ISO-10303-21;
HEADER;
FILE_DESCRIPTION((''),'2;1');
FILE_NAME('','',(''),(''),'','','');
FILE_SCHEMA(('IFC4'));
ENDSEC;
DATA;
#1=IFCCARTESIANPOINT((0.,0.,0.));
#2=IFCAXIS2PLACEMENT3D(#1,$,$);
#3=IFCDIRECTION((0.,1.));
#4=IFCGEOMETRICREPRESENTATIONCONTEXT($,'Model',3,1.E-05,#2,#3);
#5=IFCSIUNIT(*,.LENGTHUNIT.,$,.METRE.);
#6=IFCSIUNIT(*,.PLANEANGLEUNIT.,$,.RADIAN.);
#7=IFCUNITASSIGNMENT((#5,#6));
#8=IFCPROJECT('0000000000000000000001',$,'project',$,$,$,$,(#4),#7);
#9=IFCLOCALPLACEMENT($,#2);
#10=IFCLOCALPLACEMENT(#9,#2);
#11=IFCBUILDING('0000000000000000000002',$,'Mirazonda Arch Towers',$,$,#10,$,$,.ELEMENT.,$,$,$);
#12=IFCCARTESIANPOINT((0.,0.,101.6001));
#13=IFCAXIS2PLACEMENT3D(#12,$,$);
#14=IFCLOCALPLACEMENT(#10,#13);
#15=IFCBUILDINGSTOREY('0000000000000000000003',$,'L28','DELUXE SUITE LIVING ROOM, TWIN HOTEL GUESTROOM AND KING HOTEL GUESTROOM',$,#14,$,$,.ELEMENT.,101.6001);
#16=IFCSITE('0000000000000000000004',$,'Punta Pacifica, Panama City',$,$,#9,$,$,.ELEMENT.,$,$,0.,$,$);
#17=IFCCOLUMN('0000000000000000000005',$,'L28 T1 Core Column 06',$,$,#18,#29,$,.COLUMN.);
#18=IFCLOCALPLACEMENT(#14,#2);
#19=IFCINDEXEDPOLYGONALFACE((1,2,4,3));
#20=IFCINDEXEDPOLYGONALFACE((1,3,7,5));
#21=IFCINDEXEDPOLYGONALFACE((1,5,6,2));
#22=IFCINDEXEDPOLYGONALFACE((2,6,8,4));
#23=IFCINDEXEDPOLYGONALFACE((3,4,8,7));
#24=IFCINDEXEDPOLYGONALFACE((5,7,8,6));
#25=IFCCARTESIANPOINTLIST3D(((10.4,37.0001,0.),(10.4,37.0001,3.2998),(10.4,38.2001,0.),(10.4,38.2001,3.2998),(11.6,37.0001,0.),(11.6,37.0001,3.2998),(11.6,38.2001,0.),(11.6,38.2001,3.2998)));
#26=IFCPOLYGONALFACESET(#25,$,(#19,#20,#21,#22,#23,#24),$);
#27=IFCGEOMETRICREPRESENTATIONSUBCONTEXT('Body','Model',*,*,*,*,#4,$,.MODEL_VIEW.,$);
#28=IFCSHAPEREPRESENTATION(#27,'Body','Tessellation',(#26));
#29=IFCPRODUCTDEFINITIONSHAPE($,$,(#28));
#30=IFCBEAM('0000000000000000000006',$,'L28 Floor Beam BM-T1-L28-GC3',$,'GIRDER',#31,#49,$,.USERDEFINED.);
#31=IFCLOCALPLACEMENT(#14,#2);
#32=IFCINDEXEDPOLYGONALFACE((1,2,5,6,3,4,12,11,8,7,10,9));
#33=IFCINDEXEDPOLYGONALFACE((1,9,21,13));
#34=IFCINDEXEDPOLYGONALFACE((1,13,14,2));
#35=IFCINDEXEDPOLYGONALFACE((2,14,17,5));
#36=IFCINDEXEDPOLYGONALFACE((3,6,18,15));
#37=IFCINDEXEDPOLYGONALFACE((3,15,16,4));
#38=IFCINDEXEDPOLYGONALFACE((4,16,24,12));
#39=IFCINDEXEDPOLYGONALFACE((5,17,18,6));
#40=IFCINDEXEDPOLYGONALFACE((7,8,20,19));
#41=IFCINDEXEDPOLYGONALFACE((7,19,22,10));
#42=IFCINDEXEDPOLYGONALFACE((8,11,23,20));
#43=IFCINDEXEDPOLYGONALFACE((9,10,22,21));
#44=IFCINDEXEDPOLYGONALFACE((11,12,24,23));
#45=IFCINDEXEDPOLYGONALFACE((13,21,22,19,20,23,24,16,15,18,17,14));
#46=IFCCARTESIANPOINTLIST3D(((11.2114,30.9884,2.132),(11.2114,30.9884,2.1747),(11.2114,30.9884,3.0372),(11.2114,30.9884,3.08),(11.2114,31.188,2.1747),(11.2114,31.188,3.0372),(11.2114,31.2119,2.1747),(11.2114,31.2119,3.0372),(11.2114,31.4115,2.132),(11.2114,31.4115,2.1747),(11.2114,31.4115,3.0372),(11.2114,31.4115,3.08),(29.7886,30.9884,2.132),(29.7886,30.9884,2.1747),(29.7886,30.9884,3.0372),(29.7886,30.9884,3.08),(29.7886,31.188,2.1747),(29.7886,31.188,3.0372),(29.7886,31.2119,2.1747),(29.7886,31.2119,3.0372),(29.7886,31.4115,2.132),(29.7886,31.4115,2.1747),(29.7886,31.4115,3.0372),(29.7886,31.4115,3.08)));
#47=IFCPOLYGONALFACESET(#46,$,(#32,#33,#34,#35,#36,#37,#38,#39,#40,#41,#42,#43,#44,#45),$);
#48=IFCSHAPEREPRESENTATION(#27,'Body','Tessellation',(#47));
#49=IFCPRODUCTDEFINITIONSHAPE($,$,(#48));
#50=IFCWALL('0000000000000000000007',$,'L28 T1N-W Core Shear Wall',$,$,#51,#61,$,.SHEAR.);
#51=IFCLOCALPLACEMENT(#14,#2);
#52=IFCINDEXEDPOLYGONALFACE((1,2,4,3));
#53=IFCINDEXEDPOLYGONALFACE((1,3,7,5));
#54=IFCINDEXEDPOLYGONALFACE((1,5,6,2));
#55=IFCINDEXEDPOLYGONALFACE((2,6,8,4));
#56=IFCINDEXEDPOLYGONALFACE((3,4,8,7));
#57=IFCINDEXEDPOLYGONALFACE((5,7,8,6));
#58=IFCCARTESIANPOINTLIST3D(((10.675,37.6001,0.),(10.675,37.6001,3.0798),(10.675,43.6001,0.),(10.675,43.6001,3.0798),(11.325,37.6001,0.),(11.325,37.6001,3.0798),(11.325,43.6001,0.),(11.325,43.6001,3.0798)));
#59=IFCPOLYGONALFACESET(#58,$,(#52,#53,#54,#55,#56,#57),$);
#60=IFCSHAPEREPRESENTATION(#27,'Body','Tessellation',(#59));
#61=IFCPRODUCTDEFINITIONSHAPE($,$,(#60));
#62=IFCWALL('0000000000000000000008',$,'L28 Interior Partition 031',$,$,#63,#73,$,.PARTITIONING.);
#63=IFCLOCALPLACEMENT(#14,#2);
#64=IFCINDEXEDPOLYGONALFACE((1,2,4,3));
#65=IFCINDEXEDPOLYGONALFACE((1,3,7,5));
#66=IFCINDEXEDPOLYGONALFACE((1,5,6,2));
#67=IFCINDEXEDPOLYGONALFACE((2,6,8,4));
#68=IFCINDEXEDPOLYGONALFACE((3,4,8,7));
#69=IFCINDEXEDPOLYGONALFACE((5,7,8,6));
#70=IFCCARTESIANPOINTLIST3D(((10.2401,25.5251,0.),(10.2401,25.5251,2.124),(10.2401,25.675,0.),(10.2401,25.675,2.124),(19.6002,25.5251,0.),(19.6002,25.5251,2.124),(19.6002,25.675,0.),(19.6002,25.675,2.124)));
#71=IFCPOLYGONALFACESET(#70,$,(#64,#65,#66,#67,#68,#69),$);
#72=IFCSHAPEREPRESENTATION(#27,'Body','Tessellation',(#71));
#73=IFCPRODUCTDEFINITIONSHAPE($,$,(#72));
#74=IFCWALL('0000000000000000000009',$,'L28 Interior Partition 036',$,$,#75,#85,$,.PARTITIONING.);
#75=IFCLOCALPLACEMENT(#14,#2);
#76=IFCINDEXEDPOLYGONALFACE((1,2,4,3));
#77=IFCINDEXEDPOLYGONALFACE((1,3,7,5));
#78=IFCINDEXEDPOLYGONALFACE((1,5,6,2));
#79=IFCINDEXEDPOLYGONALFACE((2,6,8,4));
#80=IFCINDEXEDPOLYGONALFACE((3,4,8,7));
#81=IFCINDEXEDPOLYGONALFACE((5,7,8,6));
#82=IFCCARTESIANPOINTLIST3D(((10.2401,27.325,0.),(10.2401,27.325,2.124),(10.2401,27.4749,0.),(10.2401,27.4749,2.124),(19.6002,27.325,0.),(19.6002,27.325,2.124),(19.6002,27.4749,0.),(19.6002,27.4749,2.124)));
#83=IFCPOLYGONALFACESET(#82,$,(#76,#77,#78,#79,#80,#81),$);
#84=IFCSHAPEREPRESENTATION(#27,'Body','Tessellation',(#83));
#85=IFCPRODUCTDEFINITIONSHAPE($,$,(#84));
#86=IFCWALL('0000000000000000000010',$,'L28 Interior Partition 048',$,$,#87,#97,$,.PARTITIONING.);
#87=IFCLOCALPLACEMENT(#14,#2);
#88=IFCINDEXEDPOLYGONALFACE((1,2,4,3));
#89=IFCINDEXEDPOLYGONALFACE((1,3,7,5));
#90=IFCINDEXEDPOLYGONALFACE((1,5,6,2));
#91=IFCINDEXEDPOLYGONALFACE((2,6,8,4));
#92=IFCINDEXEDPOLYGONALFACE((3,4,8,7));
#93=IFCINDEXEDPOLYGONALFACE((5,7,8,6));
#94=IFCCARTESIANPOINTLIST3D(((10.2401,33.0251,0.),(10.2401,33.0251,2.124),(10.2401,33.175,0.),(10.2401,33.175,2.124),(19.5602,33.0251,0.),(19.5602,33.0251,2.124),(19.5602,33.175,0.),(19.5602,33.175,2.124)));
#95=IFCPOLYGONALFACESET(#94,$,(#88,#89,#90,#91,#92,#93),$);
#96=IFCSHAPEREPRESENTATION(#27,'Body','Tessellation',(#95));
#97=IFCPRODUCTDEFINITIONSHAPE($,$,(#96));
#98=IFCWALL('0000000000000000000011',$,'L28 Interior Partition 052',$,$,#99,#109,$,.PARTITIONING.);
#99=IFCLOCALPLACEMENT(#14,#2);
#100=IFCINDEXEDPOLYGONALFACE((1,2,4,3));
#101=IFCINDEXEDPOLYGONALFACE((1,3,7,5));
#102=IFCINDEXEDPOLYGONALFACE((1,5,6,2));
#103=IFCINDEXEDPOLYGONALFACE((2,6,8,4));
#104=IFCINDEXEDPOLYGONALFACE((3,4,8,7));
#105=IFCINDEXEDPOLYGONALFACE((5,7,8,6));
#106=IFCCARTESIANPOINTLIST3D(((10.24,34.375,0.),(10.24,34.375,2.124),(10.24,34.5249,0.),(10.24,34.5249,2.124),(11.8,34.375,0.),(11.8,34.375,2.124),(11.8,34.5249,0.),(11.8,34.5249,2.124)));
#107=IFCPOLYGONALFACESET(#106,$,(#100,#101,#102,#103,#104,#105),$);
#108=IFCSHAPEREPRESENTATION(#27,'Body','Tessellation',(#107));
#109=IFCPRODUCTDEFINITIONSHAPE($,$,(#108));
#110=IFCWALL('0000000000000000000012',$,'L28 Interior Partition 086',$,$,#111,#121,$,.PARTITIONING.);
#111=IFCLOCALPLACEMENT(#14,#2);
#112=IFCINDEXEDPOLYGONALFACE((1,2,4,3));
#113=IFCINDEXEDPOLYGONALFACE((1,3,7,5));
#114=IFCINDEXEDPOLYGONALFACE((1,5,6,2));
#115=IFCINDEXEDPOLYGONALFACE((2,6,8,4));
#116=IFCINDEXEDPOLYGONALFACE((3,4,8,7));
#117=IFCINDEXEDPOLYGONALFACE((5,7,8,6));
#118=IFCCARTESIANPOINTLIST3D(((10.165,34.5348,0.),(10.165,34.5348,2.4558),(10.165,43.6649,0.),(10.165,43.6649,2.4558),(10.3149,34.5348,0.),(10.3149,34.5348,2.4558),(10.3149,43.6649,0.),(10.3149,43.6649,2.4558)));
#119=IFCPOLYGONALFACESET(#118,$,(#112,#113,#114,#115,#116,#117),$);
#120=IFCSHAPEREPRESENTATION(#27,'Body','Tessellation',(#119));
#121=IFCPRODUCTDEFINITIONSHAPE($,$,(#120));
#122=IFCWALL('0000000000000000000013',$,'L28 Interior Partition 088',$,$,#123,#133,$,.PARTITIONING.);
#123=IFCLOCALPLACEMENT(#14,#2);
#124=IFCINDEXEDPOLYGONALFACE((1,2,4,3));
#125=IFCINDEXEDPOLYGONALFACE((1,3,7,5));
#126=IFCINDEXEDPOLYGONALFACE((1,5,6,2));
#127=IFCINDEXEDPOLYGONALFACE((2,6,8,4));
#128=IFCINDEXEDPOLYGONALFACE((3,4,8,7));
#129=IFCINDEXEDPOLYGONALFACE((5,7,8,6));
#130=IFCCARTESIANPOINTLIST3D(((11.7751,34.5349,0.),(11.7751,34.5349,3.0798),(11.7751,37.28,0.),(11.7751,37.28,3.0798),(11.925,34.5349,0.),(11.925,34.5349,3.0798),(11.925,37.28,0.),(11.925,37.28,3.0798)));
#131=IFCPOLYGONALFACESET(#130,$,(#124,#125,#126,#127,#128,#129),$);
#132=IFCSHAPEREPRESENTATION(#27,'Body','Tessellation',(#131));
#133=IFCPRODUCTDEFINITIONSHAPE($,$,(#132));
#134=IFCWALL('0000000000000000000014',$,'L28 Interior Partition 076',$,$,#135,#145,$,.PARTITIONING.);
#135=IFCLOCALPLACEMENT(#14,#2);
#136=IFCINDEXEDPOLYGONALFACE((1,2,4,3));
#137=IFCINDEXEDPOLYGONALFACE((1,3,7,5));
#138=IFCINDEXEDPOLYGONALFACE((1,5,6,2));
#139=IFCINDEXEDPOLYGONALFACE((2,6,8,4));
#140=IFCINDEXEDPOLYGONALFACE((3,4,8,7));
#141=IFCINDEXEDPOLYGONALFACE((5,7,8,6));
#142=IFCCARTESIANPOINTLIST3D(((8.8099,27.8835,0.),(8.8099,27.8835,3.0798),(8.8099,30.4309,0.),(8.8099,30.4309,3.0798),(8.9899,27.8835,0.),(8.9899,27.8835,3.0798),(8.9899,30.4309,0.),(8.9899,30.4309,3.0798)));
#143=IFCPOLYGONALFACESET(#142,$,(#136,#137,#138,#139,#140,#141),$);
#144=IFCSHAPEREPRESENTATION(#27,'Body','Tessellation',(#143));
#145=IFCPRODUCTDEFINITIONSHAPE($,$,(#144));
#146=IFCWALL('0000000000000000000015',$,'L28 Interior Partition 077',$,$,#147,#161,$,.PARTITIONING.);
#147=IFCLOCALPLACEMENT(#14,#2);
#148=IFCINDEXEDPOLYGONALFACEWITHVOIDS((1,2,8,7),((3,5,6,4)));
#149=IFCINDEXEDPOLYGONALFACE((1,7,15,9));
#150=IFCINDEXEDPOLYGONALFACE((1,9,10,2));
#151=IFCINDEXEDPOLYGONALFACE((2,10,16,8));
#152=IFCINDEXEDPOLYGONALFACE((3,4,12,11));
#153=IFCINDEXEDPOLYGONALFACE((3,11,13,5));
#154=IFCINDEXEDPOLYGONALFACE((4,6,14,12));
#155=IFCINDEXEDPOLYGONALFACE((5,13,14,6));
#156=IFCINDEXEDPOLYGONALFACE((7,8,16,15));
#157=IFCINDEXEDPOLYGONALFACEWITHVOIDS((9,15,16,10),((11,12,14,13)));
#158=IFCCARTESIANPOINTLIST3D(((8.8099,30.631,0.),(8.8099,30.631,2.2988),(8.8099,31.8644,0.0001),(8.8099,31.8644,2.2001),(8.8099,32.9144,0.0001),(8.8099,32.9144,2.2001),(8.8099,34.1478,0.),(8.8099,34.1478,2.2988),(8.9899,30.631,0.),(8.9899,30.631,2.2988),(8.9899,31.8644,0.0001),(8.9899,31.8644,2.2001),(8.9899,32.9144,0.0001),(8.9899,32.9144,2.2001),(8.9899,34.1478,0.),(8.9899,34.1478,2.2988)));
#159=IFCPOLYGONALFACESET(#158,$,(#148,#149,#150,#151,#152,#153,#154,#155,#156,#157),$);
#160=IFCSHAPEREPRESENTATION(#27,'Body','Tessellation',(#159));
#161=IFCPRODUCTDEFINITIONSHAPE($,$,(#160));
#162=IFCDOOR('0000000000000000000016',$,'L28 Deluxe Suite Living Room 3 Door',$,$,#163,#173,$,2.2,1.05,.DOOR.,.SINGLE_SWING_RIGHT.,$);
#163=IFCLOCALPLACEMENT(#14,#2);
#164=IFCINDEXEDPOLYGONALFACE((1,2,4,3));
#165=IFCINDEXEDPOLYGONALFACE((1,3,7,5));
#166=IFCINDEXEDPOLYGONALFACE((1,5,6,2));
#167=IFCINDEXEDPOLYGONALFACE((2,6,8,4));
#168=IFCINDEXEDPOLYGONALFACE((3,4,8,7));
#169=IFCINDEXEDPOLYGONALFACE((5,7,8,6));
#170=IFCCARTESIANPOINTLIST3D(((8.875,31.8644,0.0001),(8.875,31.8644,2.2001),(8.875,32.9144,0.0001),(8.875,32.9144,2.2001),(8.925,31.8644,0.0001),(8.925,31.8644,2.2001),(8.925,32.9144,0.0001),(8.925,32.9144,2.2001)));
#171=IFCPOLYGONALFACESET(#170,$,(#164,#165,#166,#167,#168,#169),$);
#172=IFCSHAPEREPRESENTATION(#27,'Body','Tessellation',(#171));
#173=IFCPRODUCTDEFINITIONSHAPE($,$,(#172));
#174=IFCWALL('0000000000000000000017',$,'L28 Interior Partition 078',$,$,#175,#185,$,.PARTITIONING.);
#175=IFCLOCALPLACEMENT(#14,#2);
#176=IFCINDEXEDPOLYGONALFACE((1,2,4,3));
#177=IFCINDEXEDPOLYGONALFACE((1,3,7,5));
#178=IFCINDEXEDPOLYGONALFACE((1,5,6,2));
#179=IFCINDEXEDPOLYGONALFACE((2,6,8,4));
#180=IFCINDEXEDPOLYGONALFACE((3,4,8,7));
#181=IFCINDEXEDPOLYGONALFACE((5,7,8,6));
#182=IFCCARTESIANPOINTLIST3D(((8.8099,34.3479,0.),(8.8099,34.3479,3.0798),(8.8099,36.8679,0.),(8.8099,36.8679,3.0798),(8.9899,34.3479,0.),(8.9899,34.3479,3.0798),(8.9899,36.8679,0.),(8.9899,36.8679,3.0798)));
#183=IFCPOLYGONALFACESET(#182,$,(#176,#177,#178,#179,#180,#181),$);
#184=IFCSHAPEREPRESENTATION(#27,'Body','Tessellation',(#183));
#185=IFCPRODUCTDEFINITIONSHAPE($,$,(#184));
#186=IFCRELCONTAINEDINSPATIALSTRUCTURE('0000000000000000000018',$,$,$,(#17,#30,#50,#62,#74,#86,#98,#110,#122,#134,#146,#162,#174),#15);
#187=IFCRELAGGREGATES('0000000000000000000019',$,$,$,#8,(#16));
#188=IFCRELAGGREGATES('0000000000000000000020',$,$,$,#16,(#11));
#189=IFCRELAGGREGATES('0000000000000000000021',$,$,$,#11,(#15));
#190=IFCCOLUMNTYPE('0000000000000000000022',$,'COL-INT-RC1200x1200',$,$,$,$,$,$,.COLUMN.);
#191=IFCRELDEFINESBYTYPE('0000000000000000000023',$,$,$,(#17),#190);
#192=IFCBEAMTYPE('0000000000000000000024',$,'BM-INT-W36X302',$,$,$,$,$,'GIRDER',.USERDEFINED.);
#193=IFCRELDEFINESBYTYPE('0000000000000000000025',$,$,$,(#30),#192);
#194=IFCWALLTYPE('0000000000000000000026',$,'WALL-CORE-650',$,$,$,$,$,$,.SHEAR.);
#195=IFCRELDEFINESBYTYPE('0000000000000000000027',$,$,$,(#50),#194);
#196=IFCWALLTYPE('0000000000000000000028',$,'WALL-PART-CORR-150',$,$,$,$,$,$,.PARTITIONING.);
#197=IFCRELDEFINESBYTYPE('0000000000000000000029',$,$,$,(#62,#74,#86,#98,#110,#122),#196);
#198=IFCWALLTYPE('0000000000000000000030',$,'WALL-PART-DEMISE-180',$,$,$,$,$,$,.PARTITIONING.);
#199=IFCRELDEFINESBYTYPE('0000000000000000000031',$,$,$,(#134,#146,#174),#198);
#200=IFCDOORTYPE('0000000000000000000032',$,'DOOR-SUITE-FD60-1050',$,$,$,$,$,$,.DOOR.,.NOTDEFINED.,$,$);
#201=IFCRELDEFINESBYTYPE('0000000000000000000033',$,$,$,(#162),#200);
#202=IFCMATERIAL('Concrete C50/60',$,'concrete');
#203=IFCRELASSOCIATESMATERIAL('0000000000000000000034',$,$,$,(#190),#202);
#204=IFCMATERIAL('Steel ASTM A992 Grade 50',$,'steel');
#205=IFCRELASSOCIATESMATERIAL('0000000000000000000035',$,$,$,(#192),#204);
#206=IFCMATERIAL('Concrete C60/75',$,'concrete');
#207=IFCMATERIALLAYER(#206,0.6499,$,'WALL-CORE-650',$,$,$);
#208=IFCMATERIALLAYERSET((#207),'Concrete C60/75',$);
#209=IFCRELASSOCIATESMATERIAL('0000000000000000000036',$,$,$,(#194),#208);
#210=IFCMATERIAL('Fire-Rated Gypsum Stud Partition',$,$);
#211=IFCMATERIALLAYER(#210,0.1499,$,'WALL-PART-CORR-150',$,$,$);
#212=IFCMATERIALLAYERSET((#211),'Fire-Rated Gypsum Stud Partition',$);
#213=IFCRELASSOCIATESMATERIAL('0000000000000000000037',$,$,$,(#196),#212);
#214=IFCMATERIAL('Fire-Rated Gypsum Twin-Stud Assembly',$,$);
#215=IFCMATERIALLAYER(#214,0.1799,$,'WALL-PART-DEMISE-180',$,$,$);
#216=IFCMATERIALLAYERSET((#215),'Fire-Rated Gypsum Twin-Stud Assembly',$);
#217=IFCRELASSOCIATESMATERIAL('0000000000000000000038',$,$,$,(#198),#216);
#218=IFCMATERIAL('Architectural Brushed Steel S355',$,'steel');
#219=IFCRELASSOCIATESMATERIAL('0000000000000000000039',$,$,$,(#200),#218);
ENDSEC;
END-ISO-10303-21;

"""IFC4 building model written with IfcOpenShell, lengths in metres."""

from ifc_helpers import new_model, si_unit, direction, frame, frame_2d, origin, origin_2d, place, context, subcontext, project, spatial, rectangle, i_section, extrude, material, layer, layer_set, material_profile, profile_set, type_object, element, fill, save


model = new_model("IFC4")

# Units and contexts
model_context = context("Model", 3, precision=1e-05, world=origin(), true_north=direction((0.0, 1.0)))
body_context = subcontext(model_context, "Body", "Model", "MODEL_VIEW")
ifc_project = project(units=[si_unit("LENGTHUNIT", "METRE"), si_unit("PLANEANGLEUNIT", "RADIAN")], contexts=[model_context])

# Site, building, storey
site_placement = place(None, origin())
site = spatial("IfcSite", under=ifc_project, at=site_placement, Name="Punta Pacifica, Panama City", CompositionType="ELEMENT", RefElevation=0.0)
building_placement = place(site_placement, origin())
building = spatial("IfcBuilding", under=site, at=building_placement, Name="Mirazonda Arch Towers", CompositionType="ELEMENT")
storey_placement = place(building_placement, frame((0.0, 0.0, 101.6001)))
storey = spatial("IfcBuildingStorey", under=building, at=storey_placement, Name="L28", Description="DELUXE SUITE LIVING ROOM, TWIN HOTEL GUESTROOM AND KING HOTEL GUESTROOM", CompositionType="ELEMENT", Elevation=101.6001)

# Column
ifc_material_1 = material(Name="Concrete C50/60", Category="concrete")
ifc_material_profile_1 = material_profile(ifc_material_1, rectangle(XDim=1.2, YDim=1.2, at=origin_2d()), Name="RC1200x1200")
ifc_profile_set_1 = profile_set([ifc_material_profile_1], Name="Concrete C50/60")
column_type = type_object("IfcColumnType", Name="COL-INT-RC1200x1200", PredefinedType="COLUMN", material=ifc_profile_set_1)
column_placement = place(storey_placement, frame((11.0, 37.6001, 0.0), z_axis=(0.0, 0.0, 1.0), x_axis=(1.0, 0.0, 0.0)))
element("IfcColumn", 1, at=column_placement, inside=storey, type_object=column_type, Name="L28 T1 Core Column 06", PredefinedType="COLUMN", context=body_context, shape_type="SweptSolid", body=[
    extrude(rectangle(XDim=1.2, YDim=1.2, at=origin_2d()), origin(), (0.0, 0.0, 1.0), 3.2998),
])

# Beam
ifc_material_2 = material(Name="Steel ASTM A992 Grade 50", Category="steel")
ifc_material_profile_2 = material_profile(ifc_material_2, i_section(OverallWidth=0.4231, OverallDepth=0.948, WebThickness=0.0239, FlangeThickness=0.0427, at=origin_2d()), Name="W36X302")
ifc_profile_set_2 = profile_set([ifc_material_profile_2], Name="Steel ASTM A992 Grade 50")
beam_type = type_object("IfcBeamType", Name="BM-INT-W36X302", ElementType="GIRDER", PredefinedType="USERDEFINED", material=ifc_profile_set_2)
beam_placement = place(storey_placement, frame((11.2114, 31.2, 2.606), z_axis=(1.0, 0.0, 0.0), x_axis=(0.0, 1.0, 0.0)))
element("IfcBeam", 2, at=beam_placement, inside=storey, type_object=beam_type, Name="L28 Floor Beam BM-T1-L28-GC3", ObjectType="GIRDER", PredefinedType="USERDEFINED", context=body_context, shape_type="SweptSolid", body=[
    extrude(i_section(OverallWidth=0.4231, OverallDepth=0.948, WebThickness=0.0239, FlangeThickness=0.0427, at=origin_2d()), origin(), (0.0, 0.0, 1.0), 18.5771),
])

# Walls
ifc_material_3 = material(Name="Concrete C60/75", Category="concrete")
ifc_layer_1 = layer(ifc_material_3, 0.6499, Name="WALL-CORE-650")
ifc_layer_set_1 = layer_set([ifc_layer_1], Name="Concrete C60/75")
wall_type_1 = type_object("IfcWallType", Name="WALL-CORE-650", PredefinedType="SHEAR", material=ifc_layer_set_1)
wall_1_placement = place(storey_placement, frame((11.0, 37.6001, 0.0), z_axis=(0.0, 0.0, 1.0), x_axis=(0.0, 1.0, 0.0)))
element("IfcWall", 3, at=wall_1_placement, inside=storey, type_object=wall_type_1, Name="L28 T1N-W Core Shear Wall", PredefinedType="SHEAR", context=body_context, shape_type="SweptSolid", body=[
    extrude(rectangle(XDim=6.0, YDim=0.6499, at=frame_2d((3.0, 0.0))), origin(), (0.0, 0.0, 1.0), 3.0798),
])
ifc_material_4 = material(Name="Fire-Rated Gypsum Stud Partition")
ifc_layer_2 = layer(ifc_material_4, 0.1499, Name="WALL-PART-CORR-150")
ifc_layer_set_2 = layer_set([ifc_layer_2], Name="Fire-Rated Gypsum Stud Partition")
wall_type_2 = type_object("IfcWallType", Name="WALL-PART-CORR-150", PredefinedType="PARTITIONING", material=ifc_layer_set_2)
for number, where, z_axis, x_axis, name in (
    (4, (10.24, 25.6001, 0.0), (0.0, 0.0, 1.0), (1.0, 0.0, 0.0), "L28 Interior Partition 031"),
    (5, (10.24, 27.3999, 0.0), (0.0, 0.0, 1.0), (1.0, 0.0, 0.0), "L28 Interior Partition 036"),
):
    element("IfcWall", number, at=place(storey_placement, frame(where, z_axis=z_axis, x_axis=x_axis)), inside=storey, type_object=wall_type_2, Name=name, PredefinedType="PARTITIONING", context=body_context, shape_type="SweptSolid", body=[
        extrude(rectangle(XDim=9.3601, YDim=0.1499, at=frame_2d((4.6802, 0.0))), origin(), (0.0, 0.0, 1.0), 2.124),
    ])
wall_2_placement = place(storey_placement, frame((10.24, 33.1001, 0.0), z_axis=(0.0, 0.0, 1.0), x_axis=(1.0, 0.0, 0.0)))
element("IfcWall", 6, at=wall_2_placement, inside=storey, type_object=wall_type_2, Name="L28 Interior Partition 048", PredefinedType="PARTITIONING", context=body_context, shape_type="SweptSolid", body=[
    extrude(rectangle(XDim=9.3201, YDim=0.1499, at=frame_2d((4.6602, 0.0))), origin(), (0.0, 0.0, 1.0), 2.124),
])
wall_3_placement = place(storey_placement, frame((10.24, 34.45, 0.0), z_axis=(0.0, 0.0, 1.0), x_axis=(1.0, 0.0, 0.0)))
element("IfcWall", 7, at=wall_3_placement, inside=storey, type_object=wall_type_2, Name="L28 Interior Partition 052", PredefinedType="PARTITIONING", context=body_context, shape_type="SweptSolid", body=[
    extrude(rectangle(XDim=1.5601, YDim=0.1499, at=frame_2d((0.78, 0.0))), origin(), (0.0, 0.0, 1.0), 2.124),
])

# Shared definitions
ifc_material_5 = material(Name="Architectural Brushed Steel S355", Category="steel")

# Walls
wall_4_placement = place(storey_placement, frame((10.24, 34.5349, 0.0), z_axis=(0.0, 0.0, 1.0), x_axis=(0.0, 1.0, 0.0)))
element("IfcWall", 8, at=wall_4_placement, inside=storey, type_object=wall_type_2, Name="L28 Interior Partition 086", PredefinedType="PARTITIONING", context=body_context, shape_type="SweptSolid", body=[
    extrude(rectangle(XDim=9.1301, YDim=0.1499, at=frame_2d((4.5649, 0.0))), origin(), (0.0, 0.0, 1.0), 2.4558),
])
wall_5_placement = place(storey_placement, frame((11.8501, 34.5349, 0.0), z_axis=(0.0, 0.0, 1.0), x_axis=(0.0, 1.0, 0.0)))
element("IfcWall", 9, at=wall_5_placement, inside=storey, type_object=wall_type_2, Name="L28 Interior Partition 088", PredefinedType="PARTITIONING", context=body_context, shape_type="SweptSolid", body=[
    extrude(rectangle(XDim=2.7451, YDim=0.1499, at=frame_2d((1.3726, 0.0))), origin(), (0.0, 0.0, 1.0), 3.0798),
])
ifc_material_6 = material(Name="Fire-Rated Gypsum Twin-Stud Assembly")
ifc_layer_3 = layer(ifc_material_6, 0.1799, Name="WALL-PART-DEMISE-180")
ifc_layer_set_3 = layer_set([ifc_layer_3], Name="Fire-Rated Gypsum Twin-Stud Assembly")
wall_type_3 = type_object("IfcWallType", Name="WALL-PART-DEMISE-180", PredefinedType="PARTITIONING", material=ifc_layer_set_3)
wall_6_placement = place(storey_placement, frame((8.8999, 27.8835, 0.0), z_axis=(0.0, 0.0, 1.0), x_axis=(0.0, 1.0, 0.0)))
element("IfcWall", 10, at=wall_6_placement, inside=storey, type_object=wall_type_3, Name="L28 Interior Partition 076", PredefinedType="PARTITIONING", context=body_context, shape_type="SweptSolid", body=[
    extrude(rectangle(XDim=2.5474, YDim=0.1799, at=frame_2d((1.2737, 0.0))), origin(), (0.0, 0.0, 1.0), 3.0798),
])

# Wall, opening, door
wall_7_placement = place(storey_placement, frame((8.8999, 30.6311, 0.0), z_axis=(0.0, 0.0, 1.0), x_axis=(0.0, 1.0, 0.0)))
wall_7 = element("IfcWall", 11, at=wall_7_placement, inside=storey, type_object=wall_type_3, Name="L28 Interior Partition 077", PredefinedType="PARTITIONING", context=body_context, shape_type="SweptSolid", body=[
    extrude(rectangle(XDim=3.5168, YDim=0.1799, at=frame_2d((1.7583, 0.0))), origin(), (0.0, 0.0, 1.0), 2.2988),
])
opening_1_placement = place(wall_7_placement, frame((1.2334, 0.0, 0.0)))
opening_1 = element("IfcOpeningElement", 12, at=opening_1_placement, cuts=wall_7, PredefinedType="OPENING", context=body_context, shape_type="SweptSolid", body=[
    extrude(rectangle(XDim=1.05, YDim=2.2, at=frame_2d((0.5249, 1.1001))), frame((0.0, 0.0999, 0.0), z_axis=(0.0, -1.0, 0.0), x_axis=(1.0, 0.0, 0.0)), (0.0, 0.0, 1.0), 0.2),
])
door_type_1 = type_object("IfcDoorType", Name="DOOR-SUITE-FD60-1050", OperationType="NOTDEFINED", PredefinedType="DOOR", material=ifc_material_5)
door_1_placement = place(opening_1_placement, origin())
door_1 = element("IfcDoor", 13, at=door_1_placement, inside=storey, type_object=door_type_1, Name="L28 Deluxe Suite Living Room 3 Door", OperationType="SINGLE_SWING_RIGHT", OverallHeight=2.2, OverallWidth=1.05, PredefinedType="DOOR", context=body_context, shape_type="SweptSolid", body=[
    extrude(rectangle(XDim=1.05, YDim=2.2, at=frame_2d((0.5249, 1.1001))), frame((0.0, 0.0249, 0.0), z_axis=(0.0, -1.0, 0.0), x_axis=(1.0, 0.0, 0.0)), (0.0, 0.0, 1.0), 0.05),
])
fill(opening_1, door_1)

# Wall
wall_8_placement = place(storey_placement, frame((8.8999, 34.3479, 0.0), z_axis=(0.0, 0.0, 1.0), x_axis=(0.0, 1.0, 0.0)))
element("IfcWall", 14, at=wall_8_placement, inside=storey, type_object=wall_type_3, Name="L28 Interior Partition 078", PredefinedType="PARTITIONING", context=body_context, shape_type="SweptSolid", body=[
    extrude(rectangle(XDim=2.52, YDim=0.1799, at=frame_2d((1.26, 0.0))), origin(), (0.0, 0.0, 1.0), 3.0798),
])

save(model, "model.ifc")
